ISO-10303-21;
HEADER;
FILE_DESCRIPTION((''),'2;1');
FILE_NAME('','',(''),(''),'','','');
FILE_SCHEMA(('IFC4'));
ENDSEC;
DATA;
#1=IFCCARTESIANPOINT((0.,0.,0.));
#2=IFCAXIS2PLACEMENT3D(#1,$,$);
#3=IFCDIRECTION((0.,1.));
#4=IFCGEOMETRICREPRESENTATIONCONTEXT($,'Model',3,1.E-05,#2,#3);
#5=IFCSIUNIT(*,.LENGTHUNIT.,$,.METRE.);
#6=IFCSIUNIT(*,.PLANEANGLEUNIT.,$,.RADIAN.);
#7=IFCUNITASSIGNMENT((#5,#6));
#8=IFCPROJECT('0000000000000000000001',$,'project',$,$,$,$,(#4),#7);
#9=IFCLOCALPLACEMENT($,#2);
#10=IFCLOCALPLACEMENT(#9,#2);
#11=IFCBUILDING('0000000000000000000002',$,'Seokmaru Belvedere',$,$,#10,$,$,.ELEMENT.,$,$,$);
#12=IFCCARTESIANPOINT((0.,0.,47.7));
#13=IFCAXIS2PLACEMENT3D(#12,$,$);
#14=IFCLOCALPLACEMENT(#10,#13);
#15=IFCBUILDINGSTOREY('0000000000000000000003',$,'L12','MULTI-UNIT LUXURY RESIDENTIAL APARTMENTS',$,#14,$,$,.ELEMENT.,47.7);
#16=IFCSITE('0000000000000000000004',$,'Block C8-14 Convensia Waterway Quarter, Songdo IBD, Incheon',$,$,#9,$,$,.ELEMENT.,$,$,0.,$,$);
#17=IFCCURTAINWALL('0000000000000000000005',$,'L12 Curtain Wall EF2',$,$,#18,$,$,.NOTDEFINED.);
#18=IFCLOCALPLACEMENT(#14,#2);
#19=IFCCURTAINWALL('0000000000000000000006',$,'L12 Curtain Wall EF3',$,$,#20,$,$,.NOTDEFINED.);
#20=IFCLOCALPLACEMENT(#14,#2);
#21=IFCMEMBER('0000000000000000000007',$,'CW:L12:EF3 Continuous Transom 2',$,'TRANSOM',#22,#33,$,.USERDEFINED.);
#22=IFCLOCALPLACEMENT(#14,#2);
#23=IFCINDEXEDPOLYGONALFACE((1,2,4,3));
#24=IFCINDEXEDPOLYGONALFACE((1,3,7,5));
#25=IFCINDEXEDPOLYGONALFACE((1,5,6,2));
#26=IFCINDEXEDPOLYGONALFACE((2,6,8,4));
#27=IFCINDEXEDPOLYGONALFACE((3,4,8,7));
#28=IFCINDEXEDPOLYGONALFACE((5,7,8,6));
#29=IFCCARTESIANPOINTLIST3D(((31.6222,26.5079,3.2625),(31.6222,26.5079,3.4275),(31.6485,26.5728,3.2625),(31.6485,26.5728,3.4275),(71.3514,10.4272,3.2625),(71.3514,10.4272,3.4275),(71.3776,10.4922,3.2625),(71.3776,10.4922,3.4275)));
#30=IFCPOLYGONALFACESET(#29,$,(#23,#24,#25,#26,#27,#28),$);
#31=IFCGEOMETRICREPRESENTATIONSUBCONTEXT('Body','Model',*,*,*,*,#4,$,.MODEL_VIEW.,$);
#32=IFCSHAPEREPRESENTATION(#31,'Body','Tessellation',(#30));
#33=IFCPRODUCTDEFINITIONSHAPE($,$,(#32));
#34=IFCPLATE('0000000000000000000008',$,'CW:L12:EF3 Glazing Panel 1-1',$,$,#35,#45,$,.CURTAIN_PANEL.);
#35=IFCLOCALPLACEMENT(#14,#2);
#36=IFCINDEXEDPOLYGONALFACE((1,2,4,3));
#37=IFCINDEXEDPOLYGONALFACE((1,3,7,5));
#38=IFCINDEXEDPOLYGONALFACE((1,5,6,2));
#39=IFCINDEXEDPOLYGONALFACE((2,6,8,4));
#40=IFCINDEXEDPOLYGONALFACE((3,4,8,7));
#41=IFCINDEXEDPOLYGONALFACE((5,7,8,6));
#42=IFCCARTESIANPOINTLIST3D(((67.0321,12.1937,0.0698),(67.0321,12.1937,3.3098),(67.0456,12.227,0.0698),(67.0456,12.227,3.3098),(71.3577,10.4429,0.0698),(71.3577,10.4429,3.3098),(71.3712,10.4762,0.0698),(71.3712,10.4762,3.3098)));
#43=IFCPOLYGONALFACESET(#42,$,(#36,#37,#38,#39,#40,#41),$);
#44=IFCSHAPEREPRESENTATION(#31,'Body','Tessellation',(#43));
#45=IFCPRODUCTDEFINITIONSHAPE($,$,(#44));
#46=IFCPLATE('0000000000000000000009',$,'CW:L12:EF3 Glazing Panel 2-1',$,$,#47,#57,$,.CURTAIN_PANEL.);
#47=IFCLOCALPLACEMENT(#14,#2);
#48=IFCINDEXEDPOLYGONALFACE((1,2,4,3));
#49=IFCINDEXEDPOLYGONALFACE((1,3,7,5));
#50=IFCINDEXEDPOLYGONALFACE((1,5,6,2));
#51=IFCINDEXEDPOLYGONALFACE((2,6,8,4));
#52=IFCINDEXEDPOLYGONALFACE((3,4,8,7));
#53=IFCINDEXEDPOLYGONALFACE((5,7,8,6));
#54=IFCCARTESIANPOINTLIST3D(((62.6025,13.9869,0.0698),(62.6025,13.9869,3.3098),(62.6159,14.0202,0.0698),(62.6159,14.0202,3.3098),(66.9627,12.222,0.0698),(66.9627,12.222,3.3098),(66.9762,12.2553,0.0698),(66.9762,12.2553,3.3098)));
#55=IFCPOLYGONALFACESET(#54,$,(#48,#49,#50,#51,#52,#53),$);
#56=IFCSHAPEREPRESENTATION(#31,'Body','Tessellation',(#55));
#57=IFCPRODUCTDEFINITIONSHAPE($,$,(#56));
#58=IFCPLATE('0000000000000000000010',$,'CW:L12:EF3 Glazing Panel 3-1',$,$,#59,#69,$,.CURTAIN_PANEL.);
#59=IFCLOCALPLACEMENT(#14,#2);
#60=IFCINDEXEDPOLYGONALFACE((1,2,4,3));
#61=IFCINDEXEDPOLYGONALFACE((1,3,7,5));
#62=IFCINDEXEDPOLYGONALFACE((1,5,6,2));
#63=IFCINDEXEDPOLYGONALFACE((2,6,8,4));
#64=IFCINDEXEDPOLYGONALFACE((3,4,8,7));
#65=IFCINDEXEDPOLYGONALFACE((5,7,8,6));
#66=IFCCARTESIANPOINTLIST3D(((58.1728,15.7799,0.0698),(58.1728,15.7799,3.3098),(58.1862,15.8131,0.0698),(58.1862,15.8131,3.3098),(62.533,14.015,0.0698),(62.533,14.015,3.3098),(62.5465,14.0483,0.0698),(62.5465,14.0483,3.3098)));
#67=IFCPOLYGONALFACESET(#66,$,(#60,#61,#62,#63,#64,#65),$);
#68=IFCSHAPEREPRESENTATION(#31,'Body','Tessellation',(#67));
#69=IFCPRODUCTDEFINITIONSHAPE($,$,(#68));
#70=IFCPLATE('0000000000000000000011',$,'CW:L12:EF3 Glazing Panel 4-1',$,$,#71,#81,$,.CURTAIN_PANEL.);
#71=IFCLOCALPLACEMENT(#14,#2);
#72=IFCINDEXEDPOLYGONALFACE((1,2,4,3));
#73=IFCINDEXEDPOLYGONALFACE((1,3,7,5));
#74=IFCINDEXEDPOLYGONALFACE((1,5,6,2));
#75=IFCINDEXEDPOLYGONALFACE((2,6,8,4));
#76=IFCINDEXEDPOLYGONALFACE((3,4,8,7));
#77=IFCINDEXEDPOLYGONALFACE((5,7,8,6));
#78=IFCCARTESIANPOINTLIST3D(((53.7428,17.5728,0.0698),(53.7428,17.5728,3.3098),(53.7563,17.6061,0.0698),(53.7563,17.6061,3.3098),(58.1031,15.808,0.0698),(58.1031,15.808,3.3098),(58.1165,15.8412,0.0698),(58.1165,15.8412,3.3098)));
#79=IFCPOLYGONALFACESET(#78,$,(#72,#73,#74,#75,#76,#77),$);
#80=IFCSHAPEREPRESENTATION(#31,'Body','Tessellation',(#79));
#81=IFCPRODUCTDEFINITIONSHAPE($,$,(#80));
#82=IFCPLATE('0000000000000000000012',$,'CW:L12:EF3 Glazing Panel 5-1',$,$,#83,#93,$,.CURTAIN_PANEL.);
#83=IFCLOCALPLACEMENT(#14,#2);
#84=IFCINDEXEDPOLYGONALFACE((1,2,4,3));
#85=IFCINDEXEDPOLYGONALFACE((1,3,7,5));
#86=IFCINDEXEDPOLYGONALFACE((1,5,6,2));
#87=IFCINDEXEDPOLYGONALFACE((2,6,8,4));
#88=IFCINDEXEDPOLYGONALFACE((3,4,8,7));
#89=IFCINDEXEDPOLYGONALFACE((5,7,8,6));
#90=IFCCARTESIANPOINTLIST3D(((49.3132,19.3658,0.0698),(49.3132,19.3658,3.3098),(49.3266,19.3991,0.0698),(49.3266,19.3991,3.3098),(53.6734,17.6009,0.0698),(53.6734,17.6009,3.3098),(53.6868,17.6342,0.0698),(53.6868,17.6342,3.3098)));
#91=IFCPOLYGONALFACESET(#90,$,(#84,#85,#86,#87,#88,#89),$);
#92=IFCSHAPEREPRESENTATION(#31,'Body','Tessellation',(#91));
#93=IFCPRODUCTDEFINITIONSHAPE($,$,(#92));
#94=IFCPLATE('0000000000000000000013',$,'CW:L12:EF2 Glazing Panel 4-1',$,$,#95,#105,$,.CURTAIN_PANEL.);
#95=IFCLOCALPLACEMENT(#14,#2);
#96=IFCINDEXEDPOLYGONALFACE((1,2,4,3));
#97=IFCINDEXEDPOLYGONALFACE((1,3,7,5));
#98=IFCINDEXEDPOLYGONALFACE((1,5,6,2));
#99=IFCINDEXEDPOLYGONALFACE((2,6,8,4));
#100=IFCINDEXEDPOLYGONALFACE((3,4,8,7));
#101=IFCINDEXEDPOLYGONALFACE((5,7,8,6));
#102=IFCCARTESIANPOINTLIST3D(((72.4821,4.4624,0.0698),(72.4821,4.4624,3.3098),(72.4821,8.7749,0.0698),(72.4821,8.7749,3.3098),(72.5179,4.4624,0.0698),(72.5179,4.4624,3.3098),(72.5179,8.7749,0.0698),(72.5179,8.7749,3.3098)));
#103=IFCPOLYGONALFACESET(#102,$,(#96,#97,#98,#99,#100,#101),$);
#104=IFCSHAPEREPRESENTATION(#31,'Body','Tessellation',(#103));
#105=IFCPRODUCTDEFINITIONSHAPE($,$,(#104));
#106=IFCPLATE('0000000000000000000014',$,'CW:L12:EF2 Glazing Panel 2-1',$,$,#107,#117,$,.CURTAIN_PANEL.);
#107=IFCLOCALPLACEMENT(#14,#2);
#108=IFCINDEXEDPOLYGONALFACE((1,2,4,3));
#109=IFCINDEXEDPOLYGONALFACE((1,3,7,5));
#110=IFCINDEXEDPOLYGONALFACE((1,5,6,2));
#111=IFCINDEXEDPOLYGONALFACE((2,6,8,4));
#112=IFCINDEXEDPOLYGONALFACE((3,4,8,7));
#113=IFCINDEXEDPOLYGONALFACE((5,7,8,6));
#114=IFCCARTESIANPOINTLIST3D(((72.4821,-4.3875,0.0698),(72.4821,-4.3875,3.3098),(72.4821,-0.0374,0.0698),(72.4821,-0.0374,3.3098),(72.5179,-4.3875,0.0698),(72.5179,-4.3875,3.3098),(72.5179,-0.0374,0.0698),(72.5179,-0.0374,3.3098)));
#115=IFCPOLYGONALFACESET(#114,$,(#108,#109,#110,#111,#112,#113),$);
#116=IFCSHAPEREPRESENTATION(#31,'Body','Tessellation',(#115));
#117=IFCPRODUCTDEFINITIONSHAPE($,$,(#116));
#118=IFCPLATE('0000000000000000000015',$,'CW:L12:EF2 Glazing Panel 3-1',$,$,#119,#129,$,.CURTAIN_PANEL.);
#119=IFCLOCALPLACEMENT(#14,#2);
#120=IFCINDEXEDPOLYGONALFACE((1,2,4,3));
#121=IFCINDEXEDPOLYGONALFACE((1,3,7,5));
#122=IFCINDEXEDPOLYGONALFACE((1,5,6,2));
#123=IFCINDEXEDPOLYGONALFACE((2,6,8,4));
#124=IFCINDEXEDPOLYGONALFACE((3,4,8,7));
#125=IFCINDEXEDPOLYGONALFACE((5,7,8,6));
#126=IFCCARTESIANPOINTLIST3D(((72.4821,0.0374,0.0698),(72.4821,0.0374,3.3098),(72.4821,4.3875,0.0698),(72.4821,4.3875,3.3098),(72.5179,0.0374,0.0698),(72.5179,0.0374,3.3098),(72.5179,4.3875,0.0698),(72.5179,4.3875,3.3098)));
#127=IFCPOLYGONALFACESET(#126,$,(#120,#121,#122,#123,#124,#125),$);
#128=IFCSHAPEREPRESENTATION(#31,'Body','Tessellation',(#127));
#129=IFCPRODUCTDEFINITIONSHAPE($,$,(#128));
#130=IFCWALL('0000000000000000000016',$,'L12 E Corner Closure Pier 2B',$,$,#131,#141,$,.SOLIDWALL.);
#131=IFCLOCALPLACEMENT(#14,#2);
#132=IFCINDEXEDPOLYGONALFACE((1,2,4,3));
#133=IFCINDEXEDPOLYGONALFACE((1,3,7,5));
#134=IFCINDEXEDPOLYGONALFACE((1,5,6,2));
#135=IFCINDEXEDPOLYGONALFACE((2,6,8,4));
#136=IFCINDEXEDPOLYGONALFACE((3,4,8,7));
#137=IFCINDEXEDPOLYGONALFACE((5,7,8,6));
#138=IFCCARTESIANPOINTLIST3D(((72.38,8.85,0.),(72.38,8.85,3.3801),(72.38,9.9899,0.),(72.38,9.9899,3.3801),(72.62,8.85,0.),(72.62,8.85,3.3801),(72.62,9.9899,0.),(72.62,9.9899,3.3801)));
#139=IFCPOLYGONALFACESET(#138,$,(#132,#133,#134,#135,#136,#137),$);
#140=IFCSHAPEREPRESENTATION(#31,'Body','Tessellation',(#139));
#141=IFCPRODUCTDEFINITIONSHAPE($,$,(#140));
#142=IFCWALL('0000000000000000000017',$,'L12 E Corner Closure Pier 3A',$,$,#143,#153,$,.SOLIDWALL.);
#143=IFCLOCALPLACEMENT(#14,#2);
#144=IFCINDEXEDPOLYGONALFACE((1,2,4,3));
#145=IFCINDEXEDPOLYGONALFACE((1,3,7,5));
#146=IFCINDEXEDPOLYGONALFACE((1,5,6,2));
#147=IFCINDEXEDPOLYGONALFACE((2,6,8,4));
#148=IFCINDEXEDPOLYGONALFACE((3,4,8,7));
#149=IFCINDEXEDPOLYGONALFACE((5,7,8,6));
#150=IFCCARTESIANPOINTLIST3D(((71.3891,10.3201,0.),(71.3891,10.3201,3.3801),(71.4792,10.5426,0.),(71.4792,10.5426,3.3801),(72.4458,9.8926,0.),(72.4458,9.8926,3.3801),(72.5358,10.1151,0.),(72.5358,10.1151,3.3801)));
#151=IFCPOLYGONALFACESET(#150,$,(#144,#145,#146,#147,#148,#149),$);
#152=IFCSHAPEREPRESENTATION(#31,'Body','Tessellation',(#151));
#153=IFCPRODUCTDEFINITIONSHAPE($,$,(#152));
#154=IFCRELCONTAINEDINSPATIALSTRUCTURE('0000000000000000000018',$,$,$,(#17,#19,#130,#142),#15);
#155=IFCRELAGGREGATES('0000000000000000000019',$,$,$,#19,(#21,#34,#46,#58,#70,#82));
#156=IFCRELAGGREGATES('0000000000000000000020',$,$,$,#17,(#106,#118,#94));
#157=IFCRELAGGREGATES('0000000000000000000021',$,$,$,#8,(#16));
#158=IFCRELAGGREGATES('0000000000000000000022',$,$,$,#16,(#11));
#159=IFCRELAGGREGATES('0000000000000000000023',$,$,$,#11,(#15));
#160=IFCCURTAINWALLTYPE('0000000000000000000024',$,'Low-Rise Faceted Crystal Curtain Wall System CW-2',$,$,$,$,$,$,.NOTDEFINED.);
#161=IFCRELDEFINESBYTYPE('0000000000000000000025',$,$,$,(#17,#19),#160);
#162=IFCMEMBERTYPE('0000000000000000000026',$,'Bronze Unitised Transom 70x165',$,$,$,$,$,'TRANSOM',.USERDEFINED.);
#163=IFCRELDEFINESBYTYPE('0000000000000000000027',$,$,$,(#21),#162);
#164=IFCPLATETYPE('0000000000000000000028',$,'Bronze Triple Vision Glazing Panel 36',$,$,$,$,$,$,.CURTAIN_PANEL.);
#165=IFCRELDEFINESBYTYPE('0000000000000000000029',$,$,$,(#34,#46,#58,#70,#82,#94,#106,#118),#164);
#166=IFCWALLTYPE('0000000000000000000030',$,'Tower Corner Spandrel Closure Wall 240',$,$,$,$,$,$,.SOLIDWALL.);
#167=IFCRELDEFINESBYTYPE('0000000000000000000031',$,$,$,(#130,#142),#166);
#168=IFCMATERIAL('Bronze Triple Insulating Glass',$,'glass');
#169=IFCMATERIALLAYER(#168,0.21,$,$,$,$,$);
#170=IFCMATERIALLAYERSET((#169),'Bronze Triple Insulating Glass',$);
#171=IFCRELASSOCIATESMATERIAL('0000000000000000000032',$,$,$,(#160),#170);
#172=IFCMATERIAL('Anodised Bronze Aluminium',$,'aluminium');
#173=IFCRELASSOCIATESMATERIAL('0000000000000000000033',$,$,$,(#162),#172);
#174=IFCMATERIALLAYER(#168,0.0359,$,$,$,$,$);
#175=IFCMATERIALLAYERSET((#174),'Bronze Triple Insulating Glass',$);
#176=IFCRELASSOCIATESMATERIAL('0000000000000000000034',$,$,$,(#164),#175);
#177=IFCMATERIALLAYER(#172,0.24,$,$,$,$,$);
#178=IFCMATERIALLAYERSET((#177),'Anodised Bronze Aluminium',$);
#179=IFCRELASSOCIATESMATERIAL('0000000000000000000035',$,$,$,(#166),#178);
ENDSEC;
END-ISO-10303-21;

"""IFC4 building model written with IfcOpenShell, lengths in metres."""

from ifc_helpers import new_model, si_unit, direction, frame, frame_2d, origin, origin_2d, place, context, subcontext, project, spatial, rectangle, extrude, source, transform, mapped, material, layer, layer_set, material_profile, profile_set, type_object, type_shapes, element, aggregate, save


model = new_model("IFC4")

# Units and contexts
model_context = context("Model", 3, precision=1e-05, world=origin(), true_north=direction((0.0, 1.0)))
body_context = subcontext(model_context, "Body", "Model", "MODEL_VIEW")
ifc_project = project(units=[si_unit("LENGTHUNIT", "METRE"), si_unit("PLANEANGLEUNIT", "RADIAN")], contexts=[model_context])

# Site, building, storey
site_placement = place(None, origin())
site = spatial("IfcSite", under=ifc_project, at=site_placement, Name="Block C8-14 Convensia Waterway Quarter, Songdo IBD, Incheon", CompositionType="ELEMENT", RefElevation=0.0)
building_placement = place(site_placement, origin())
building = spatial("IfcBuilding", under=site, at=building_placement, Name="Seokmaru Belvedere", CompositionType="ELEMENT")
storey_placement = place(building_placement, frame((0.0, 0.0, 47.7)))
storey = spatial("IfcBuildingStorey", under=building, at=storey_placement, Name="L12", Description="MULTI-UNIT LUXURY RESIDENTIAL APARTMENTS", CompositionType="ELEMENT", Elevation=47.7)

# Curtain walls
ifc_material_1 = material(Name="Bronze Triple Insulating Glass", Category="glass")
ifc_layer_1 = layer(ifc_material_1, 0.21)
ifc_layer_set_1 = layer_set([ifc_layer_1], Name="Bronze Triple Insulating Glass")
curtain_wall_type = type_object("IfcCurtainWallType", Name="Low-Rise Faceted Crystal Curtain Wall System CW-2", PredefinedType="NOTDEFINED", material=ifc_layer_set_1)
curtain_wall_1_placement = place(storey_placement, origin())
curtain_wall_1 = element("IfcCurtainWall", 1, at=curtain_wall_1_placement, inside=storey, type_object=curtain_wall_type, Name="L12 Curtain Wall EF2", PredefinedType="NOTDEFINED")
ifc_material_2 = material(Name="Anodised Bronze Aluminium", Category="aluminium")
curtain_wall_2_placement = place(storey_placement, origin())
curtain_wall_2 = element("IfcCurtainWall", 2, at=curtain_wall_2_placement, inside=storey, type_object=curtain_wall_type, Name="L12 Curtain Wall EF3", PredefinedType="NOTDEFINED")

# Member
ifc_material_profile_1 = material_profile(ifc_material_2, rectangle(XDim=0.0701, YDim=0.165, at=origin_2d()), Name="CW-T-70x165")
ifc_profile_set_1 = profile_set([ifc_material_profile_1], Name="Anodised Bronze Aluminium")
member_type_1 = type_object("IfcMemberType", Name="Bronze Unitised Transom 70x165", ElementType="TRANSOM", PredefinedType="USERDEFINED", material=ifc_profile_set_1)
shared_shape_1 = source(origin(), body_context, "Body", "SweptSolid", [
    extrude(rectangle(XDim=0.0701, YDim=0.165, at=origin_2d()), origin(), (0.0, 0.0, 1.0), 42.8601),
])
type_shapes(member_type_1, [shared_shape_1])
member_1_placement = place(storey_placement, frame((71.3645, 10.4597, 3.345), z_axis=(-0.926949, 0.375188, 0.0), x_axis=(-0.375188, -0.926949, 0.0)))
member_1 = element("IfcMember", 3, at=member_1_placement, type_object=member_type_1, Name="CW:L12:EF3 Continuous Transom 2", ObjectType="TRANSOM", PredefinedType="USERDEFINED", context=body_context, shape_type="MappedRepresentation", body=[
    mapped(shared_shape_1, transform((0.0, 0.0, 0.0), scale=1.0)),
])

# Plates
ifc_layer_2 = layer(ifc_material_1, 0.0359)
ifc_layer_set_2 = layer_set([ifc_layer_2], Name="Bronze Triple Insulating Glass")
plate_type = type_object("IfcPlateType", Name="Bronze Triple Vision Glazing Panel 36", PredefinedType="CURTAIN_PANEL", material=ifc_layer_set_2)
shared_shape_2 = source(origin(), body_context, "Body", "SweptSolid", [
    extrude(rectangle(XDim=4.6665, YDim=0.0359, at=origin_2d()), origin(), (0.0, 0.0, 1.0), 3.24),
])
plate_1_placement = place(storey_placement, frame((69.2017, 11.335, 0.0698), z_axis=(0.0, 0.0, 1.0), x_axis=(-0.926947, 0.375192, 0.0)))
plate_1 = element("IfcPlate", 4, at=plate_1_placement, type_object=plate_type, Name="CW:L12:EF3 Glazing Panel 1-1", PredefinedType="CURTAIN_PANEL", context=body_context, shape_type="MappedRepresentation", body=[
    mapped(shared_shape_2, transform((0.0, 0.0, 0.0), scale=1.0)),
])
shared_shape_3 = source(origin(), body_context, "Body", "SweptSolid", [
    extrude(rectangle(XDim=4.7039, YDim=0.0359, at=origin_2d()), origin(), (0.0, 0.0, 1.0), 3.24),
])
plate_2_placement = place(storey_placement, frame((64.7893, 13.1211, 0.0698), z_axis=(0.0, 0.0, 1.0), x_axis=(-0.926947, 0.375192, 0.0)))
plate_2 = element("IfcPlate", 5, at=plate_2_placement, type_object=plate_type, Name="CW:L12:EF3 Glazing Panel 2-1", PredefinedType="CURTAIN_PANEL", context=body_context, shape_type="MappedRepresentation", body=[
    mapped(shared_shape_3, transform((0.0, 0.0, 0.0), scale=1.0)),
])
plate_3_placement = place(storey_placement, frame((60.3596, 14.9141, 0.0698), z_axis=(0.0, 0.0, 1.0), x_axis=(-0.926947, 0.375192, 0.0)))
plate_3 = element("IfcPlate", 6, at=plate_3_placement, type_object=plate_type, Name="CW:L12:EF3 Glazing Panel 3-1", PredefinedType="CURTAIN_PANEL", context=body_context, shape_type="MappedRepresentation", body=[
    mapped(shared_shape_3, transform((0.0, 0.0, 0.0), scale=1.0)),
])
plate_4_placement = place(storey_placement, frame((55.9297, 16.707, 0.0698), z_axis=(0.0, 0.0, 1.0), x_axis=(-0.926947, 0.375192, 0.0)))
plate_4 = element("IfcPlate", 7, at=plate_4_placement, type_object=plate_type, Name="CW:L12:EF3 Glazing Panel 4-1", PredefinedType="CURTAIN_PANEL", context=body_context, shape_type="MappedRepresentation", body=[
    mapped(shared_shape_3, transform((0.0, 0.0, 0.0), scale=1.0)),
])
plate_5_placement = place(storey_placement, frame((51.5, 18.5, 0.0698), z_axis=(0.0, 0.0, 1.0), x_axis=(-0.926947, 0.375192, 0.0)))
plate_5 = element("IfcPlate", 8, at=plate_5_placement, type_object=plate_type, Name="CW:L12:EF3 Glazing Panel 5-1", PredefinedType="CURTAIN_PANEL", context=body_context, shape_type="MappedRepresentation", body=[
    mapped(shared_shape_3, transform((0.0, 0.0, 0.0), scale=1.0)),
])
aggregate(curtain_wall_2, [member_1, plate_1, plate_2, plate_3, plate_4, plate_5])
shared_shape_4 = source(origin(), body_context, "Body", "SweptSolid", [
    extrude(rectangle(XDim=4.3125, YDim=0.0359, at=origin_2d()), origin(), (0.0, 0.0, 1.0), 3.24),
])
plate_6_placement = place(storey_placement, frame((72.5, 6.6187, 0.0698), z_axis=(0.0, 0.0, 1.0), x_axis=(0.0, 1.0, 0.0)))
plate_6 = element("IfcPlate", 9, at=plate_6_placement, type_object=plate_type, Name="CW:L12:EF2 Glazing Panel 4-1", PredefinedType="CURTAIN_PANEL", context=body_context, shape_type="MappedRepresentation", body=[
    mapped(shared_shape_4, transform((0.0, 0.0, 0.0), scale=1.0)),
])
shared_shape_5 = source(origin(), body_context, "Body", "SweptSolid", [
    extrude(rectangle(XDim=4.3501, YDim=0.0359, at=origin_2d()), origin(), (0.0, 0.0, 1.0), 3.24),
])
type_shapes(plate_type, [shared_shape_2, shared_shape_3, shared_shape_4, shared_shape_5])
plate_7_placement = place(storey_placement, frame((72.5, -2.2124, 0.0698), z_axis=(0.0, 0.0, 1.0), x_axis=(0.0, 1.0, 0.0)))
plate_7 = element("IfcPlate", 10, at=plate_7_placement, type_object=plate_type, Name="CW:L12:EF2 Glazing Panel 2-1", PredefinedType="CURTAIN_PANEL", context=body_context, shape_type="MappedRepresentation", body=[
    mapped(shared_shape_5, transform((0.0, 0.0, 0.0), scale=1.0)),
])
plate_8_placement = place(storey_placement, frame((72.5, 2.2124, 0.0698), z_axis=(0.0, 0.0, 1.0), x_axis=(0.0, 1.0, 0.0)))
plate_8 = element("IfcPlate", 11, at=plate_8_placement, type_object=plate_type, Name="CW:L12:EF2 Glazing Panel 3-1", PredefinedType="CURTAIN_PANEL", context=body_context, shape_type="MappedRepresentation", body=[
    mapped(shared_shape_5, transform((0.0, 0.0, 0.0), scale=1.0)),
])
aggregate(curtain_wall_1, [plate_7, plate_8, plate_6])

# Walls
ifc_layer_3 = layer(ifc_material_2, 0.24)
ifc_layer_set_3 = layer_set([ifc_layer_3], Name="Anodised Bronze Aluminium")
wall_type = type_object("IfcWallType", Name="Tower Corner Spandrel Closure Wall 240", PredefinedType="SOLIDWALL", material=ifc_layer_set_3)
for number, where, z_axis, x_axis, name in (
    (12, (72.5, 8.8501, 0.0), (0.0, 0.0, 1.0), (0.0, 1.0, 0.0), "L12 E Corner Closure Pier 2B"),
    (13, (72.4907, 10.0039, 0.0), (0.0, 0.0, 1.0), (-0.927007, 0.375044, 0.0), "L12 E Corner Closure Pier 3A"),
):
    element("IfcWall", number, at=place(storey_placement, frame(where, z_axis=z_axis, x_axis=x_axis)), inside=storey, type_object=wall_type, Name=name, PredefinedType="SOLIDWALL", context=body_context, shape_type="SweptSolid", body=[
        extrude(rectangle(XDim=1.1399, YDim=0.24, at=frame_2d((0.5698, 0.0))), origin(), (0.0, 0.0, 1.0), 3.3801),
    ])

save(model, "model.ifc")
